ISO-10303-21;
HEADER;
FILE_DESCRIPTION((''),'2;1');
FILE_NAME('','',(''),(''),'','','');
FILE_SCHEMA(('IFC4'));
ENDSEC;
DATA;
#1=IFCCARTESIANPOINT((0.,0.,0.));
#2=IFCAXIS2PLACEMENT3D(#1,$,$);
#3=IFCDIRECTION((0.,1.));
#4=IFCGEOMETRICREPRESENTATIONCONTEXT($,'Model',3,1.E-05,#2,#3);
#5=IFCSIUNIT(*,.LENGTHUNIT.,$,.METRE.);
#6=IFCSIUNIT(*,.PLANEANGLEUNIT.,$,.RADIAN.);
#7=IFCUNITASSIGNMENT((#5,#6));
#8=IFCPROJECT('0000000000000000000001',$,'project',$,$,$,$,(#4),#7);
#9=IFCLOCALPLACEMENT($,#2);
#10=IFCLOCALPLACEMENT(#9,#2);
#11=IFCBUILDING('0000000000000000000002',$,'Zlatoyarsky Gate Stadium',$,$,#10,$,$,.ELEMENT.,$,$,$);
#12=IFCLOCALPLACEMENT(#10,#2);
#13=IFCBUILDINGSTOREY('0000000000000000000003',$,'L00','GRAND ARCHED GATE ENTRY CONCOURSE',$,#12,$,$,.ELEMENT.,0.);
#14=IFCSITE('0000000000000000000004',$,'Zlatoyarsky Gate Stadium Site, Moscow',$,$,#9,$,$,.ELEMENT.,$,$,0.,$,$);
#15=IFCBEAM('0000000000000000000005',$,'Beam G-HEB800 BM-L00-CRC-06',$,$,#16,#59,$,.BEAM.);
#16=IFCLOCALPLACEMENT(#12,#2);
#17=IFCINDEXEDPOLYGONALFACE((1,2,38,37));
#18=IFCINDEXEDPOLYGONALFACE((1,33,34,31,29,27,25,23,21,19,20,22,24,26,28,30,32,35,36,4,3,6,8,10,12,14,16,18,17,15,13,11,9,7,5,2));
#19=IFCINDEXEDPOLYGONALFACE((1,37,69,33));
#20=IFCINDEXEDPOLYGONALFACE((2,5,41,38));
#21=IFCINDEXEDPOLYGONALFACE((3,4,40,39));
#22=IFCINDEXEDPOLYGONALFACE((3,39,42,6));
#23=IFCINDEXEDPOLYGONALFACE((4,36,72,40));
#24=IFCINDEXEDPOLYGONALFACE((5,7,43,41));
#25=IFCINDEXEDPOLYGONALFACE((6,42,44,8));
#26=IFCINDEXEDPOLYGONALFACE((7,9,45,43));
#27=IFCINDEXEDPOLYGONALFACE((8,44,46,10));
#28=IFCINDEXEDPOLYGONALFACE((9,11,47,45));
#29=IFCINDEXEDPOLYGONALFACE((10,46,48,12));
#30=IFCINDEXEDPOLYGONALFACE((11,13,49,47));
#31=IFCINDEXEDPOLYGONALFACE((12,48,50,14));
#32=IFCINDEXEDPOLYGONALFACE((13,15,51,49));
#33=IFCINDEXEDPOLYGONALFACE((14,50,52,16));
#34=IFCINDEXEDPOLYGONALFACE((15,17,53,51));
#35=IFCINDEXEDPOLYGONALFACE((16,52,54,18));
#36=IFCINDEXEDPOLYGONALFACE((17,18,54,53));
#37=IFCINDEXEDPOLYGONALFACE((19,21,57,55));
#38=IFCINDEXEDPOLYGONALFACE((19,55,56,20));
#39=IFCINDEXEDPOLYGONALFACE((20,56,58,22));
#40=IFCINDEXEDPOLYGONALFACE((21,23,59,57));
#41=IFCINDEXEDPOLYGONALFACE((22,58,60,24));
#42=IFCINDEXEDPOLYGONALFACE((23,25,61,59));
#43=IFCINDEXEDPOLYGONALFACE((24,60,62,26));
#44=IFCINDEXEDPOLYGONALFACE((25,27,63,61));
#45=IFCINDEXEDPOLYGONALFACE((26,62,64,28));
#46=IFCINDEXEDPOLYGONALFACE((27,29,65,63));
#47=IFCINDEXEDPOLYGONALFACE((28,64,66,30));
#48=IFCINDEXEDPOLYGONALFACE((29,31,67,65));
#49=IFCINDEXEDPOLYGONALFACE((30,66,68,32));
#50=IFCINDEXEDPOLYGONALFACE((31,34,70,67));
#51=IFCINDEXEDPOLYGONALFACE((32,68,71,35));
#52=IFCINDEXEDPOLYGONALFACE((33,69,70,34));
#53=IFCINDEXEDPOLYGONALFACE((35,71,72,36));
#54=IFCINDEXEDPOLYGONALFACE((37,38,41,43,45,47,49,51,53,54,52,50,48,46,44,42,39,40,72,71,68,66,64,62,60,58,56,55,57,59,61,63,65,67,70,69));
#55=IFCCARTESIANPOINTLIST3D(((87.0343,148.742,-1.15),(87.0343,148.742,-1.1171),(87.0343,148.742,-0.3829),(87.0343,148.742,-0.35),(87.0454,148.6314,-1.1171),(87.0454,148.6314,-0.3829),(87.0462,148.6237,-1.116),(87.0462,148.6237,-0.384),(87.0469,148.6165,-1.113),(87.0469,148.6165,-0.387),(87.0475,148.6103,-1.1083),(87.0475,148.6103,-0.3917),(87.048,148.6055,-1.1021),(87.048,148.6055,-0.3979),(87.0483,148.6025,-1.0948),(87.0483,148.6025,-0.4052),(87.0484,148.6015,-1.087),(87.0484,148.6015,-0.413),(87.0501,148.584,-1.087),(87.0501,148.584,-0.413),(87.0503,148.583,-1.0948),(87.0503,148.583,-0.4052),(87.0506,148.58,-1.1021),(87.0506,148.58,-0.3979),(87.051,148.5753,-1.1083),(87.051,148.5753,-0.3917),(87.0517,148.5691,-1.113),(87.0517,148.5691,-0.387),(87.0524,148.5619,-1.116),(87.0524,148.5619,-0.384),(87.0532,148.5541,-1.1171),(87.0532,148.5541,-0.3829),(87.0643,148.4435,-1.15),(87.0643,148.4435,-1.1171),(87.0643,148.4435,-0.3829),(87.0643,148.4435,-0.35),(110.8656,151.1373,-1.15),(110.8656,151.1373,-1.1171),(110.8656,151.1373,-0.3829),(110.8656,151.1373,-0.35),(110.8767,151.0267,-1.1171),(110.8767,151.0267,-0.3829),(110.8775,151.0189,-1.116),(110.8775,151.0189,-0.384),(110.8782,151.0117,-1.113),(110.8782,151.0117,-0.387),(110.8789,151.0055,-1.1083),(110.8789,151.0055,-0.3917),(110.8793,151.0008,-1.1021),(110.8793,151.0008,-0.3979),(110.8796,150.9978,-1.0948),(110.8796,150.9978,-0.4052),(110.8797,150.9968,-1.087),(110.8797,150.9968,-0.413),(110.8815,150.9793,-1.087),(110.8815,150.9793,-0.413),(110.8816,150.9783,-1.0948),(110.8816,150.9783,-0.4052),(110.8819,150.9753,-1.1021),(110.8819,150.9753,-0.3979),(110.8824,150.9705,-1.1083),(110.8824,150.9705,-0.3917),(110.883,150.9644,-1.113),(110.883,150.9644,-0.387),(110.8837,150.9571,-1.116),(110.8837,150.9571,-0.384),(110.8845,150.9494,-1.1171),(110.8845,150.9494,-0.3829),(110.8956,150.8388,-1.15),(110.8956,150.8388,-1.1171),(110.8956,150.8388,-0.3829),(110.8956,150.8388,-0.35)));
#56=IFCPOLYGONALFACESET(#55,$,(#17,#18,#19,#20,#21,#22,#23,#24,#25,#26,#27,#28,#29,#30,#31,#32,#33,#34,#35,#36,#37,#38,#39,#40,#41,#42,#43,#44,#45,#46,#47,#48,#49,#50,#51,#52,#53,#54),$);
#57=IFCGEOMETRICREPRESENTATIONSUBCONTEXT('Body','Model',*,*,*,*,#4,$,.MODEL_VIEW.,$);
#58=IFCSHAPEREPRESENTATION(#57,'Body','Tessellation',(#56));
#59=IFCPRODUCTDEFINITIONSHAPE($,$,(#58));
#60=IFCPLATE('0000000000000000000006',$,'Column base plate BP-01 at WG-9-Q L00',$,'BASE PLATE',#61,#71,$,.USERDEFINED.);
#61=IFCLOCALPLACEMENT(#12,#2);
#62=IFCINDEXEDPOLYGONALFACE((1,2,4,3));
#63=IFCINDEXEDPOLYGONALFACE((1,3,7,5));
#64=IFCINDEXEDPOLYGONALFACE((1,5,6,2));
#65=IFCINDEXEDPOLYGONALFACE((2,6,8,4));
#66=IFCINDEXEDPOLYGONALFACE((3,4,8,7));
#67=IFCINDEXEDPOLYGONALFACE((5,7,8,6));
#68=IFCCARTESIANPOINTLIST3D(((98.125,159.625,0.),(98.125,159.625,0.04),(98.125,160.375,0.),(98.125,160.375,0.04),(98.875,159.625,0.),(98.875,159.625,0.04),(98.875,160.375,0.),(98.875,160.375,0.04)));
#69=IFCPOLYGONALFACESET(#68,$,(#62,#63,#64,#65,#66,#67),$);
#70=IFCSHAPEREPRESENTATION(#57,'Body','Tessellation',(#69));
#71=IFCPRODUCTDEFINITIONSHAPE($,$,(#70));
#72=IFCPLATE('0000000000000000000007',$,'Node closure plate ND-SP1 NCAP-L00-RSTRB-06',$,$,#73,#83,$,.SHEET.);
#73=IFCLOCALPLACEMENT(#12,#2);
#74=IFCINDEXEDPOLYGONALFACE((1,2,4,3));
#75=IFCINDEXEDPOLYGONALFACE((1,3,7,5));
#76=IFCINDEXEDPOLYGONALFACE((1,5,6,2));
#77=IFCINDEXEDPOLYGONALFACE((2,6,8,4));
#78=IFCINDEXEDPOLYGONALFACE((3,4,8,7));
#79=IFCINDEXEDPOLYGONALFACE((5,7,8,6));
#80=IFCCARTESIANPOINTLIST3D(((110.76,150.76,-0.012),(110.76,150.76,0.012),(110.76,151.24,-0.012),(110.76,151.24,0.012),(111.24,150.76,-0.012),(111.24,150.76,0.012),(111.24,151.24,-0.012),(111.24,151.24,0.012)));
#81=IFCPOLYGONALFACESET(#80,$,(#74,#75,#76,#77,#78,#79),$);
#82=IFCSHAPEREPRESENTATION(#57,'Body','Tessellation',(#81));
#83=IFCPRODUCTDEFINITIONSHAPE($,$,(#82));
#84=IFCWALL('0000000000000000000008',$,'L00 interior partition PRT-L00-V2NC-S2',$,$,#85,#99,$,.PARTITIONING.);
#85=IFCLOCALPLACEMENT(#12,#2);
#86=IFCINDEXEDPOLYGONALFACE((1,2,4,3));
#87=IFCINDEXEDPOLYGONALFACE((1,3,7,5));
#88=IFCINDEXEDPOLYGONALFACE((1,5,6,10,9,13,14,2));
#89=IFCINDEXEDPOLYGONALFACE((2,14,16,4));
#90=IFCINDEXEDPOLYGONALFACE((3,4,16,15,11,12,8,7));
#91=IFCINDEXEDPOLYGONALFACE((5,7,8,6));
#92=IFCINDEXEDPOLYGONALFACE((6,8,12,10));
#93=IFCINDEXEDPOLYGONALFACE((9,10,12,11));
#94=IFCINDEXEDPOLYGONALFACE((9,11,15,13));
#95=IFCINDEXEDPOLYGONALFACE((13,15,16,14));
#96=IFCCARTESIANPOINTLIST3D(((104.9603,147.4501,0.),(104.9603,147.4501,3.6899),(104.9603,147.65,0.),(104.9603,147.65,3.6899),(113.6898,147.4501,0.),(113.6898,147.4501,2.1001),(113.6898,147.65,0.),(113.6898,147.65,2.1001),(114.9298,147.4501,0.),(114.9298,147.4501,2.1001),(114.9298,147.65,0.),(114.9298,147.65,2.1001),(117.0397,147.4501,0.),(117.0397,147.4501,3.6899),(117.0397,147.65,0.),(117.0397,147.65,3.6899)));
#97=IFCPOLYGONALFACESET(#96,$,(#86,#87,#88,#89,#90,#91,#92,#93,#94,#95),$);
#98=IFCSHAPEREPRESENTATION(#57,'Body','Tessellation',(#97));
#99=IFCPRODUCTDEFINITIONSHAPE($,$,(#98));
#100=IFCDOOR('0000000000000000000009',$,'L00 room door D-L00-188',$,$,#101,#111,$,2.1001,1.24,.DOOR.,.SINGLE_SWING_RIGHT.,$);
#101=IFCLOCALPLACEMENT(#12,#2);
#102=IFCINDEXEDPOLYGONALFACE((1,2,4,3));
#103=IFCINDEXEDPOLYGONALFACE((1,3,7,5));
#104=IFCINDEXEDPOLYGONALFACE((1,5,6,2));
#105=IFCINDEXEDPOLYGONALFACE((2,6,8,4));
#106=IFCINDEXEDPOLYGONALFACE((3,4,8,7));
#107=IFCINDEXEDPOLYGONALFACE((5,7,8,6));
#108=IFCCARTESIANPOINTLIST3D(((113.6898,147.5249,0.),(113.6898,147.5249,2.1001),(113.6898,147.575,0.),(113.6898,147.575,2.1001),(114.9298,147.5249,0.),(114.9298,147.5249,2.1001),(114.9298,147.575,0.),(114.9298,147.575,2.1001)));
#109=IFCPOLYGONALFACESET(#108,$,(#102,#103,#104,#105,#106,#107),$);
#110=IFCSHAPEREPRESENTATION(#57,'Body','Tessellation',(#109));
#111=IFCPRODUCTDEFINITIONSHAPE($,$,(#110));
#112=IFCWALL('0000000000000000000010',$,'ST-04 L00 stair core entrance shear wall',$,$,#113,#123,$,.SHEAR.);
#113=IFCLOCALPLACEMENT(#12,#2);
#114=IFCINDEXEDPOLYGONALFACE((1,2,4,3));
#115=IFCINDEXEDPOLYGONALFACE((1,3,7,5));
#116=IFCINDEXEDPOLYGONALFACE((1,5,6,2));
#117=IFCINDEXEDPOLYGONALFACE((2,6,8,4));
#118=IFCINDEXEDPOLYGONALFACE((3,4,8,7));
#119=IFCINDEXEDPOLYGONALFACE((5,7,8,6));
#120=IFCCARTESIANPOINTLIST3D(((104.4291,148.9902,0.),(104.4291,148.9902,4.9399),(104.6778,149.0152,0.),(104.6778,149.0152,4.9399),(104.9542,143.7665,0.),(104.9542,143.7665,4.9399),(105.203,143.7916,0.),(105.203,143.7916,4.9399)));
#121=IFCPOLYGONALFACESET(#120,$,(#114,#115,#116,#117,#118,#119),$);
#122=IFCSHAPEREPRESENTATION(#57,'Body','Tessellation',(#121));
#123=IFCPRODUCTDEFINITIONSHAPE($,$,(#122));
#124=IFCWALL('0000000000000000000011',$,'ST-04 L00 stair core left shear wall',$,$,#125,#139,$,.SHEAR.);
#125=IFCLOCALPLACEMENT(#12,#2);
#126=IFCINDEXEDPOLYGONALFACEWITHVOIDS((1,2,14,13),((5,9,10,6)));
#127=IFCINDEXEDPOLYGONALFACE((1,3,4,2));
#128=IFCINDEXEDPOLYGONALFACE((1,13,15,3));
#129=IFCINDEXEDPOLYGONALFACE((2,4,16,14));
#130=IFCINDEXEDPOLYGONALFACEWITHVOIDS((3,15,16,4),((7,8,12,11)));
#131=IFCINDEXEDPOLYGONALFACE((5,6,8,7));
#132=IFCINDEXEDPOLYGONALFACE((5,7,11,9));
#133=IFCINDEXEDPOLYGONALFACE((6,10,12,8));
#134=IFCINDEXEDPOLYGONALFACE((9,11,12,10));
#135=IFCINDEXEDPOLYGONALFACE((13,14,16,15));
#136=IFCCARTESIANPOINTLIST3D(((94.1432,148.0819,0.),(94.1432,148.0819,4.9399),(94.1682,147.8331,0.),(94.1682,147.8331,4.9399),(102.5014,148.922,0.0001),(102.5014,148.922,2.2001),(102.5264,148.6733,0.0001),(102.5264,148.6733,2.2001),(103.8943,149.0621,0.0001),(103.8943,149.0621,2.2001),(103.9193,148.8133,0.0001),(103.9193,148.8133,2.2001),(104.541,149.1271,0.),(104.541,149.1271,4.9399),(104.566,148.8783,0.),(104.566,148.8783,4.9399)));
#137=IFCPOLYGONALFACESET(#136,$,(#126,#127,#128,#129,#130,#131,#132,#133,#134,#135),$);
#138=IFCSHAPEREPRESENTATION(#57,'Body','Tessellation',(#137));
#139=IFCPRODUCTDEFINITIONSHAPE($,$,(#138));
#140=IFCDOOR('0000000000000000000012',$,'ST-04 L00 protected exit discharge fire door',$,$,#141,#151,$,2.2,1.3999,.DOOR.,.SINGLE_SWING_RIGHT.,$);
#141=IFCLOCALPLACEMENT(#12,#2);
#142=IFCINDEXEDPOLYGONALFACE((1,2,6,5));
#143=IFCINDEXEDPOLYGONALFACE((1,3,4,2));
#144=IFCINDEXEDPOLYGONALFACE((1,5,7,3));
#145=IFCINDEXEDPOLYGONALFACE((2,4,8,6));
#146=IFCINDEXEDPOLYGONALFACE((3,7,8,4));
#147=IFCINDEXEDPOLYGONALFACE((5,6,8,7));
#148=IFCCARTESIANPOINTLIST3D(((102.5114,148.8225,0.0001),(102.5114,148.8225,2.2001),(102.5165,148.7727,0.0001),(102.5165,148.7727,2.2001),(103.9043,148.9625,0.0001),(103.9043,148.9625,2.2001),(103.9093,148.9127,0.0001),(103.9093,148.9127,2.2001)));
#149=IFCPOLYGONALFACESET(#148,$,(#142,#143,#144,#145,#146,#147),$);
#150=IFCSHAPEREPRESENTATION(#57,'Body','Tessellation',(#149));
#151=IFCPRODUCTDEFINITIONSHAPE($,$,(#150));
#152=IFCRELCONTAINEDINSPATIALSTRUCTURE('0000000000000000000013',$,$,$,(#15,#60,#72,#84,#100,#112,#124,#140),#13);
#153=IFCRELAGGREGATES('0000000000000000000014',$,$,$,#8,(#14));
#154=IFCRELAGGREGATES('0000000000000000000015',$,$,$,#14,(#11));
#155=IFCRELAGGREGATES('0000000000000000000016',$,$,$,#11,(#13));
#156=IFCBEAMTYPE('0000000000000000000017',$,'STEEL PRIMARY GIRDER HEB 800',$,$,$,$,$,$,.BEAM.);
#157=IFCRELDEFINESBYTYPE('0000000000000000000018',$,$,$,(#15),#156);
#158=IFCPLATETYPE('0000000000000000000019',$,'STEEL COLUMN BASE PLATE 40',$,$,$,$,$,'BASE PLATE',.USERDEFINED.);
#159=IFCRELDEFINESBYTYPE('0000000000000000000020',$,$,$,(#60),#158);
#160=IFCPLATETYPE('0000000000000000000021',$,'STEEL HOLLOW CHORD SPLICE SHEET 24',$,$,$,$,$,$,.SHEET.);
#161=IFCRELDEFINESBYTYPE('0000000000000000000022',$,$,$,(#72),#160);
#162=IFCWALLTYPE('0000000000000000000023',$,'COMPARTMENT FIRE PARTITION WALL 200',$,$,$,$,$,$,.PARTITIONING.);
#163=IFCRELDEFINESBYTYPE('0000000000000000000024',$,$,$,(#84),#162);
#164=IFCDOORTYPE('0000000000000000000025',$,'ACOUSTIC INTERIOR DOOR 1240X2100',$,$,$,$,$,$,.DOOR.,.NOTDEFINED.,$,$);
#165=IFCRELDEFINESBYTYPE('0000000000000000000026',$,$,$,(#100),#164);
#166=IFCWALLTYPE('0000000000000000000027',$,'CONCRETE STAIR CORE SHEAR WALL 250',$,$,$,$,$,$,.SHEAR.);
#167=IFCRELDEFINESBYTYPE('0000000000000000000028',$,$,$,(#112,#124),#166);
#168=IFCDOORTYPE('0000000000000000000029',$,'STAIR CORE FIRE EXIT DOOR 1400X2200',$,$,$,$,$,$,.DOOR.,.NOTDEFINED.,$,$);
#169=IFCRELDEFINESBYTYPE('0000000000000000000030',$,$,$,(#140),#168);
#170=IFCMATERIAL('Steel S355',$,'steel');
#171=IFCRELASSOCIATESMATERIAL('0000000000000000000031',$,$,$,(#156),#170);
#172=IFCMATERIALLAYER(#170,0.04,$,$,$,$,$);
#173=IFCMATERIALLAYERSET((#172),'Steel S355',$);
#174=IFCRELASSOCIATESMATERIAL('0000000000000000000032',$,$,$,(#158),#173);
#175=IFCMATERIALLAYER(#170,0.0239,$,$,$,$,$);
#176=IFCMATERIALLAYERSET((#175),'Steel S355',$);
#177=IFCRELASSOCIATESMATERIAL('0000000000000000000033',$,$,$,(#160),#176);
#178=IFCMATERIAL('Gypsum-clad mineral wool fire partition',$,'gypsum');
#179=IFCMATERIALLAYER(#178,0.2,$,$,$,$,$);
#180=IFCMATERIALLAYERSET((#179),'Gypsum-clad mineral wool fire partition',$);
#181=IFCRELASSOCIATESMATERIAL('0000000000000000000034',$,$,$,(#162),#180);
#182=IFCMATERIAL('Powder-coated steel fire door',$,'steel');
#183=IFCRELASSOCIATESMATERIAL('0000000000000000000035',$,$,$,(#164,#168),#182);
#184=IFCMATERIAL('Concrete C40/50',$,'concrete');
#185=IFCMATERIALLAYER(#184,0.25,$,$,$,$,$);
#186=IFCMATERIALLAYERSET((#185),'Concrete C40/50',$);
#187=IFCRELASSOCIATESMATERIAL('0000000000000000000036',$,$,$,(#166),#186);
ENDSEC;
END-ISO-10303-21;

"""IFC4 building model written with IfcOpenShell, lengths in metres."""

from ifc_helpers import new_model, si_unit, direction, frame, frame_2d, origin, origin_2d, place, context, subcontext, project, spatial, rectangle, i_section, extrude, material, layer, layer_set, material_profile, profile_set, type_object, element, fill, save


model = new_model("IFC4")

# Units and contexts
model_context = context("Model", 3, precision=1e-05, world=origin(), true_north=direction((0.0, 1.0)))
body_context = subcontext(model_context, "Body", "Model", "MODEL_VIEW")
ifc_project = project(units=[si_unit("LENGTHUNIT", "METRE"), si_unit("PLANEANGLEUNIT", "RADIAN")], contexts=[model_context])

# Site, building, storey
site_placement = place(None, origin())
site = spatial("IfcSite", under=ifc_project, at=site_placement, Name="Zlatoyarsky Gate Stadium Site, Moscow", CompositionType="ELEMENT", RefElevation=0.0)
building_placement = place(site_placement, origin())
building = spatial("IfcBuilding", under=site, at=building_placement, Name="Zlatoyarsky Gate Stadium", CompositionType="ELEMENT")
storey_placement = place(building_placement, origin())
storey = spatial("IfcBuildingStorey", under=building, at=storey_placement, Name="L00", Description="GRAND ARCHED GATE ENTRY CONCOURSE", CompositionType="ELEMENT", Elevation=0.0)

# Shared definitions
ifc_material_1 = material(Name="Concrete C40/50", Category="concrete")
ifc_material_2 = material(Name="Steel S355", Category="steel")

# Beam
ifc_material_profile_1 = material_profile(ifc_material_2, i_section(OverallWidth=0.3, OverallDepth=0.8, WebThickness=0.0176, FlangeThickness=0.033, FilletRadius=0.03, at=origin_2d()), Name="HEB 800")
ifc_profile_set_1 = profile_set([ifc_material_profile_1], Name="Steel S355")
beam_type_1 = type_object("IfcBeamType", Name="STEEL PRIMARY GIRDER HEB 800", PredefinedType="BEAM", material=ifc_profile_set_1)
beam_1_placement = place(storey_placement, frame((110.8806, 150.988, -0.75), z_axis=(-0.994987, -0.100005, 0.0), x_axis=(0.100005, -0.994987, 0.0)))
element("IfcBeam", 1, at=beam_1_placement, inside=storey, type_object=beam_type_1, Name="Beam G-HEB800 BM-L00-CRC-06", PredefinedType="BEAM", context=body_context, shape_type="SweptSolid", body=[
    extrude(i_section(OverallWidth=0.3, OverallDepth=0.8, WebThickness=0.0176, FlangeThickness=0.033, FilletRadius=0.03, at=origin_2d()), origin(), (0.0, 0.0, 1.0), 23.9514),
])

# Plates
ifc_layer_1 = layer(ifc_material_2, 0.04)
ifc_layer_set_1 = layer_set([ifc_layer_1], Name="Steel S355")
plate_type_1 = type_object("IfcPlateType", Name="STEEL COLUMN BASE PLATE 40", ElementType="BASE PLATE", PredefinedType="USERDEFINED", material=ifc_layer_set_1)
plate_1_placement = place(storey_placement, frame((98.5, 160.0, 0.0), z_axis=(0.0, 0.0, 1.0), x_axis=(1.0, 0.0, 0.0)))
element("IfcPlate", 2, at=plate_1_placement, inside=storey, type_object=plate_type_1, Name="Column base plate BP-01 at WG-9-Q L00", ObjectType="BASE PLATE", PredefinedType="USERDEFINED", context=body_context, shape_type="SweptSolid", body=[
    extrude(rectangle(XDim=0.75, YDim=0.75, at=origin_2d()), origin(), (0.0, 0.0, 1.0), 0.04),
])
ifc_layer_2 = layer(ifc_material_2, 0.0239)
ifc_layer_set_2 = layer_set([ifc_layer_2], Name="Steel S355")
plate_type_2 = type_object("IfcPlateType", Name="STEEL HOLLOW CHORD SPLICE SHEET 24", PredefinedType="SHEET", material=ifc_layer_set_2)
plate_2_placement = place(storey_placement, frame((111.0, 151.0, -0.012), z_axis=(0.0, 0.0, 1.0), x_axis=(1.0, 0.0, 0.0)))
element("IfcPlate", 3, at=plate_2_placement, inside=storey, type_object=plate_type_2, Name="Node closure plate ND-SP1 NCAP-L00-RSTRB-06", PredefinedType="SHEET", context=body_context, shape_type="SweptSolid", body=[
    extrude(rectangle(XDim=0.48, YDim=0.48, at=origin_2d()), origin(), (0.0, 0.0, 1.0), 0.0239),
])

# Wall, opening, door
ifc_material_3 = material(Name="Gypsum-clad mineral wool fire partition", Category="gypsum")
ifc_layer_3 = layer(ifc_material_3, 0.2)
ifc_layer_set_3 = layer_set([ifc_layer_3], Name="Gypsum-clad mineral wool fire partition")
wall_type_1 = type_object("IfcWallType", Name="COMPARTMENT FIRE PARTITION WALL 200", PredefinedType="PARTITIONING", material=ifc_layer_set_3)
wall_1_placement = place(storey_placement, frame((104.9604, 147.55, 0.0), z_axis=(0.0, 0.0, 1.0), x_axis=(1.0, 0.0, 0.0)))
wall_1 = element("IfcWall", 4, at=wall_1_placement, inside=storey, type_object=wall_type_1, Name="L00 interior partition PRT-L00-V2NC-S2", PredefinedType="PARTITIONING", context=body_context, shape_type="SweptSolid", body=[
    extrude(rectangle(XDim=12.0793, YDim=0.2, at=frame_2d((6.0396, 0.0))), origin(), (0.0, 0.0, 1.0), 3.6899),
])
opening_1_placement = place(wall_1_placement, frame((8.7292, 0.0, 0.0)))
opening_1 = element("IfcOpeningElement", 5, at=opening_1_placement, cuts=wall_1, PredefinedType="OPENING", context=body_context, shape_type="SweptSolid", body=[
    extrude(rectangle(XDim=1.24, YDim=2.1001, at=frame_2d((0.6201, 1.05))), frame((0.0, 0.1099, 0.0), z_axis=(0.0, -1.0, 0.0), x_axis=(1.0, 0.0, 0.0)), (0.0, 0.0, 1.0), 0.22),
])
ifc_material_4 = material(Name="Powder-coated steel fire door", Category="steel")
door_type_1 = type_object("IfcDoorType", Name="ACOUSTIC INTERIOR DOOR 1240X2100", OperationType="NOTDEFINED", PredefinedType="DOOR", material=ifc_material_4)
door_1_placement = place(opening_1_placement, origin())
door_1 = element("IfcDoor", 6, at=door_1_placement, inside=storey, type_object=door_type_1, Name="L00 room door D-L00-188", OperationType="SINGLE_SWING_RIGHT", OverallHeight=2.1001, OverallWidth=1.24, PredefinedType="DOOR", context=body_context, shape_type="SweptSolid", body=[
    extrude(rectangle(XDim=1.24, YDim=2.1001, at=frame_2d((0.6201, 1.05))), frame((0.0, 0.0249, 0.0), z_axis=(0.0, -1.0, 0.0), x_axis=(1.0, 0.0, 0.0)), (0.0, 0.0, 1.0), 0.05),
])
fill(opening_1, door_1)

# Wall
ifc_layer_4 = layer(ifc_material_1, 0.25)
ifc_layer_set_4 = layer_set([ifc_layer_4], Name="Concrete C40/50")
wall_type_2 = type_object("IfcWallType", Name="CONCRETE STAIR CORE SHEAR WALL 250", PredefinedType="SHEAR", material=ifc_layer_set_4)
wall_2_placement = place(storey_placement, frame((105.0786, 143.7791, 0.0), z_axis=(0.0, 0.0, 1.0), x_axis=(-0.100029, 0.994985, 0.0)))
element("IfcWall", 7, at=wall_2_placement, inside=storey, type_object=wall_type_2, Name="ST-04 L00 stair core entrance shear wall", PredefinedType="SHEAR", context=body_context, shape_type="SweptSolid", body=[
    extrude(rectangle(XDim=5.25, YDim=0.25, at=frame_2d((2.625, 0.0))), origin(), (0.0, 0.0, 1.0), 4.9399),
])

# Wall, opening, door
wall_3_placement = place(storey_placement, frame((104.5535, 149.0027, 0.0), z_axis=(0.0, 0.0, 1.0), x_axis=(-0.994986, -0.100015, 0.0)))
wall_3 = element("IfcWall", 8, at=wall_3_placement, inside=storey, type_object=wall_type_2, Name="ST-04 L00 stair core left shear wall", PredefinedType="SHEAR", context=body_context, shape_type="SweptSolid", body=[
    extrude(rectangle(XDim=10.4502, YDim=0.25, at=frame_2d((5.2251, 0.0))), origin(), (0.0, 0.0, 1.0), 4.9399),
])
opening_2_placement = place(wall_3_placement, frame((0.6499, 0.0, 0.0)))
opening_2 = element("IfcOpeningElement", 9, at=opening_2_placement, cuts=wall_3, PredefinedType="OPENING", context=body_context, shape_type="SweptSolid", body=[
    extrude(rectangle(XDim=1.3999, YDim=2.2, at=frame_2d((0.7, 1.1001))), frame((0.0, 0.135, 0.0), z_axis=(0.0, -1.0, 0.0), x_axis=(1.0, 0.0, 0.0)), (0.0, 0.0, 1.0), 0.27),
])
door_type_2 = type_object("IfcDoorType", Name="STAIR CORE FIRE EXIT DOOR 1400X2200", OperationType="NOTDEFINED", PredefinedType="DOOR", material=ifc_material_4)
door_2_placement = place(opening_2_placement, frame((1.3999, 0.0, 0.0), z_axis=(0.0, 0.0, 1.0), x_axis=(-1.0, 0.0, 0.0)))
door_2 = element("IfcDoor", 10, at=door_2_placement, inside=storey, type_object=door_type_2, Name="ST-04 L00 protected exit discharge fire door", OperationType="SINGLE_SWING_RIGHT", OverallHeight=2.2, OverallWidth=1.3999, PredefinedType="DOOR", context=body_context, shape_type="SweptSolid", body=[
    extrude(rectangle(XDim=1.3999, YDim=2.2, at=frame_2d((0.7, 1.1001))), frame((0.0, 0.0249, 0.0), z_axis=(0.0, -1.0, 0.0), x_axis=(1.0, 0.0, 0.0)), (0.0, 0.0, 1.0), 0.05),
])
fill(opening_2, door_2)

save(model, "model.ifc")
